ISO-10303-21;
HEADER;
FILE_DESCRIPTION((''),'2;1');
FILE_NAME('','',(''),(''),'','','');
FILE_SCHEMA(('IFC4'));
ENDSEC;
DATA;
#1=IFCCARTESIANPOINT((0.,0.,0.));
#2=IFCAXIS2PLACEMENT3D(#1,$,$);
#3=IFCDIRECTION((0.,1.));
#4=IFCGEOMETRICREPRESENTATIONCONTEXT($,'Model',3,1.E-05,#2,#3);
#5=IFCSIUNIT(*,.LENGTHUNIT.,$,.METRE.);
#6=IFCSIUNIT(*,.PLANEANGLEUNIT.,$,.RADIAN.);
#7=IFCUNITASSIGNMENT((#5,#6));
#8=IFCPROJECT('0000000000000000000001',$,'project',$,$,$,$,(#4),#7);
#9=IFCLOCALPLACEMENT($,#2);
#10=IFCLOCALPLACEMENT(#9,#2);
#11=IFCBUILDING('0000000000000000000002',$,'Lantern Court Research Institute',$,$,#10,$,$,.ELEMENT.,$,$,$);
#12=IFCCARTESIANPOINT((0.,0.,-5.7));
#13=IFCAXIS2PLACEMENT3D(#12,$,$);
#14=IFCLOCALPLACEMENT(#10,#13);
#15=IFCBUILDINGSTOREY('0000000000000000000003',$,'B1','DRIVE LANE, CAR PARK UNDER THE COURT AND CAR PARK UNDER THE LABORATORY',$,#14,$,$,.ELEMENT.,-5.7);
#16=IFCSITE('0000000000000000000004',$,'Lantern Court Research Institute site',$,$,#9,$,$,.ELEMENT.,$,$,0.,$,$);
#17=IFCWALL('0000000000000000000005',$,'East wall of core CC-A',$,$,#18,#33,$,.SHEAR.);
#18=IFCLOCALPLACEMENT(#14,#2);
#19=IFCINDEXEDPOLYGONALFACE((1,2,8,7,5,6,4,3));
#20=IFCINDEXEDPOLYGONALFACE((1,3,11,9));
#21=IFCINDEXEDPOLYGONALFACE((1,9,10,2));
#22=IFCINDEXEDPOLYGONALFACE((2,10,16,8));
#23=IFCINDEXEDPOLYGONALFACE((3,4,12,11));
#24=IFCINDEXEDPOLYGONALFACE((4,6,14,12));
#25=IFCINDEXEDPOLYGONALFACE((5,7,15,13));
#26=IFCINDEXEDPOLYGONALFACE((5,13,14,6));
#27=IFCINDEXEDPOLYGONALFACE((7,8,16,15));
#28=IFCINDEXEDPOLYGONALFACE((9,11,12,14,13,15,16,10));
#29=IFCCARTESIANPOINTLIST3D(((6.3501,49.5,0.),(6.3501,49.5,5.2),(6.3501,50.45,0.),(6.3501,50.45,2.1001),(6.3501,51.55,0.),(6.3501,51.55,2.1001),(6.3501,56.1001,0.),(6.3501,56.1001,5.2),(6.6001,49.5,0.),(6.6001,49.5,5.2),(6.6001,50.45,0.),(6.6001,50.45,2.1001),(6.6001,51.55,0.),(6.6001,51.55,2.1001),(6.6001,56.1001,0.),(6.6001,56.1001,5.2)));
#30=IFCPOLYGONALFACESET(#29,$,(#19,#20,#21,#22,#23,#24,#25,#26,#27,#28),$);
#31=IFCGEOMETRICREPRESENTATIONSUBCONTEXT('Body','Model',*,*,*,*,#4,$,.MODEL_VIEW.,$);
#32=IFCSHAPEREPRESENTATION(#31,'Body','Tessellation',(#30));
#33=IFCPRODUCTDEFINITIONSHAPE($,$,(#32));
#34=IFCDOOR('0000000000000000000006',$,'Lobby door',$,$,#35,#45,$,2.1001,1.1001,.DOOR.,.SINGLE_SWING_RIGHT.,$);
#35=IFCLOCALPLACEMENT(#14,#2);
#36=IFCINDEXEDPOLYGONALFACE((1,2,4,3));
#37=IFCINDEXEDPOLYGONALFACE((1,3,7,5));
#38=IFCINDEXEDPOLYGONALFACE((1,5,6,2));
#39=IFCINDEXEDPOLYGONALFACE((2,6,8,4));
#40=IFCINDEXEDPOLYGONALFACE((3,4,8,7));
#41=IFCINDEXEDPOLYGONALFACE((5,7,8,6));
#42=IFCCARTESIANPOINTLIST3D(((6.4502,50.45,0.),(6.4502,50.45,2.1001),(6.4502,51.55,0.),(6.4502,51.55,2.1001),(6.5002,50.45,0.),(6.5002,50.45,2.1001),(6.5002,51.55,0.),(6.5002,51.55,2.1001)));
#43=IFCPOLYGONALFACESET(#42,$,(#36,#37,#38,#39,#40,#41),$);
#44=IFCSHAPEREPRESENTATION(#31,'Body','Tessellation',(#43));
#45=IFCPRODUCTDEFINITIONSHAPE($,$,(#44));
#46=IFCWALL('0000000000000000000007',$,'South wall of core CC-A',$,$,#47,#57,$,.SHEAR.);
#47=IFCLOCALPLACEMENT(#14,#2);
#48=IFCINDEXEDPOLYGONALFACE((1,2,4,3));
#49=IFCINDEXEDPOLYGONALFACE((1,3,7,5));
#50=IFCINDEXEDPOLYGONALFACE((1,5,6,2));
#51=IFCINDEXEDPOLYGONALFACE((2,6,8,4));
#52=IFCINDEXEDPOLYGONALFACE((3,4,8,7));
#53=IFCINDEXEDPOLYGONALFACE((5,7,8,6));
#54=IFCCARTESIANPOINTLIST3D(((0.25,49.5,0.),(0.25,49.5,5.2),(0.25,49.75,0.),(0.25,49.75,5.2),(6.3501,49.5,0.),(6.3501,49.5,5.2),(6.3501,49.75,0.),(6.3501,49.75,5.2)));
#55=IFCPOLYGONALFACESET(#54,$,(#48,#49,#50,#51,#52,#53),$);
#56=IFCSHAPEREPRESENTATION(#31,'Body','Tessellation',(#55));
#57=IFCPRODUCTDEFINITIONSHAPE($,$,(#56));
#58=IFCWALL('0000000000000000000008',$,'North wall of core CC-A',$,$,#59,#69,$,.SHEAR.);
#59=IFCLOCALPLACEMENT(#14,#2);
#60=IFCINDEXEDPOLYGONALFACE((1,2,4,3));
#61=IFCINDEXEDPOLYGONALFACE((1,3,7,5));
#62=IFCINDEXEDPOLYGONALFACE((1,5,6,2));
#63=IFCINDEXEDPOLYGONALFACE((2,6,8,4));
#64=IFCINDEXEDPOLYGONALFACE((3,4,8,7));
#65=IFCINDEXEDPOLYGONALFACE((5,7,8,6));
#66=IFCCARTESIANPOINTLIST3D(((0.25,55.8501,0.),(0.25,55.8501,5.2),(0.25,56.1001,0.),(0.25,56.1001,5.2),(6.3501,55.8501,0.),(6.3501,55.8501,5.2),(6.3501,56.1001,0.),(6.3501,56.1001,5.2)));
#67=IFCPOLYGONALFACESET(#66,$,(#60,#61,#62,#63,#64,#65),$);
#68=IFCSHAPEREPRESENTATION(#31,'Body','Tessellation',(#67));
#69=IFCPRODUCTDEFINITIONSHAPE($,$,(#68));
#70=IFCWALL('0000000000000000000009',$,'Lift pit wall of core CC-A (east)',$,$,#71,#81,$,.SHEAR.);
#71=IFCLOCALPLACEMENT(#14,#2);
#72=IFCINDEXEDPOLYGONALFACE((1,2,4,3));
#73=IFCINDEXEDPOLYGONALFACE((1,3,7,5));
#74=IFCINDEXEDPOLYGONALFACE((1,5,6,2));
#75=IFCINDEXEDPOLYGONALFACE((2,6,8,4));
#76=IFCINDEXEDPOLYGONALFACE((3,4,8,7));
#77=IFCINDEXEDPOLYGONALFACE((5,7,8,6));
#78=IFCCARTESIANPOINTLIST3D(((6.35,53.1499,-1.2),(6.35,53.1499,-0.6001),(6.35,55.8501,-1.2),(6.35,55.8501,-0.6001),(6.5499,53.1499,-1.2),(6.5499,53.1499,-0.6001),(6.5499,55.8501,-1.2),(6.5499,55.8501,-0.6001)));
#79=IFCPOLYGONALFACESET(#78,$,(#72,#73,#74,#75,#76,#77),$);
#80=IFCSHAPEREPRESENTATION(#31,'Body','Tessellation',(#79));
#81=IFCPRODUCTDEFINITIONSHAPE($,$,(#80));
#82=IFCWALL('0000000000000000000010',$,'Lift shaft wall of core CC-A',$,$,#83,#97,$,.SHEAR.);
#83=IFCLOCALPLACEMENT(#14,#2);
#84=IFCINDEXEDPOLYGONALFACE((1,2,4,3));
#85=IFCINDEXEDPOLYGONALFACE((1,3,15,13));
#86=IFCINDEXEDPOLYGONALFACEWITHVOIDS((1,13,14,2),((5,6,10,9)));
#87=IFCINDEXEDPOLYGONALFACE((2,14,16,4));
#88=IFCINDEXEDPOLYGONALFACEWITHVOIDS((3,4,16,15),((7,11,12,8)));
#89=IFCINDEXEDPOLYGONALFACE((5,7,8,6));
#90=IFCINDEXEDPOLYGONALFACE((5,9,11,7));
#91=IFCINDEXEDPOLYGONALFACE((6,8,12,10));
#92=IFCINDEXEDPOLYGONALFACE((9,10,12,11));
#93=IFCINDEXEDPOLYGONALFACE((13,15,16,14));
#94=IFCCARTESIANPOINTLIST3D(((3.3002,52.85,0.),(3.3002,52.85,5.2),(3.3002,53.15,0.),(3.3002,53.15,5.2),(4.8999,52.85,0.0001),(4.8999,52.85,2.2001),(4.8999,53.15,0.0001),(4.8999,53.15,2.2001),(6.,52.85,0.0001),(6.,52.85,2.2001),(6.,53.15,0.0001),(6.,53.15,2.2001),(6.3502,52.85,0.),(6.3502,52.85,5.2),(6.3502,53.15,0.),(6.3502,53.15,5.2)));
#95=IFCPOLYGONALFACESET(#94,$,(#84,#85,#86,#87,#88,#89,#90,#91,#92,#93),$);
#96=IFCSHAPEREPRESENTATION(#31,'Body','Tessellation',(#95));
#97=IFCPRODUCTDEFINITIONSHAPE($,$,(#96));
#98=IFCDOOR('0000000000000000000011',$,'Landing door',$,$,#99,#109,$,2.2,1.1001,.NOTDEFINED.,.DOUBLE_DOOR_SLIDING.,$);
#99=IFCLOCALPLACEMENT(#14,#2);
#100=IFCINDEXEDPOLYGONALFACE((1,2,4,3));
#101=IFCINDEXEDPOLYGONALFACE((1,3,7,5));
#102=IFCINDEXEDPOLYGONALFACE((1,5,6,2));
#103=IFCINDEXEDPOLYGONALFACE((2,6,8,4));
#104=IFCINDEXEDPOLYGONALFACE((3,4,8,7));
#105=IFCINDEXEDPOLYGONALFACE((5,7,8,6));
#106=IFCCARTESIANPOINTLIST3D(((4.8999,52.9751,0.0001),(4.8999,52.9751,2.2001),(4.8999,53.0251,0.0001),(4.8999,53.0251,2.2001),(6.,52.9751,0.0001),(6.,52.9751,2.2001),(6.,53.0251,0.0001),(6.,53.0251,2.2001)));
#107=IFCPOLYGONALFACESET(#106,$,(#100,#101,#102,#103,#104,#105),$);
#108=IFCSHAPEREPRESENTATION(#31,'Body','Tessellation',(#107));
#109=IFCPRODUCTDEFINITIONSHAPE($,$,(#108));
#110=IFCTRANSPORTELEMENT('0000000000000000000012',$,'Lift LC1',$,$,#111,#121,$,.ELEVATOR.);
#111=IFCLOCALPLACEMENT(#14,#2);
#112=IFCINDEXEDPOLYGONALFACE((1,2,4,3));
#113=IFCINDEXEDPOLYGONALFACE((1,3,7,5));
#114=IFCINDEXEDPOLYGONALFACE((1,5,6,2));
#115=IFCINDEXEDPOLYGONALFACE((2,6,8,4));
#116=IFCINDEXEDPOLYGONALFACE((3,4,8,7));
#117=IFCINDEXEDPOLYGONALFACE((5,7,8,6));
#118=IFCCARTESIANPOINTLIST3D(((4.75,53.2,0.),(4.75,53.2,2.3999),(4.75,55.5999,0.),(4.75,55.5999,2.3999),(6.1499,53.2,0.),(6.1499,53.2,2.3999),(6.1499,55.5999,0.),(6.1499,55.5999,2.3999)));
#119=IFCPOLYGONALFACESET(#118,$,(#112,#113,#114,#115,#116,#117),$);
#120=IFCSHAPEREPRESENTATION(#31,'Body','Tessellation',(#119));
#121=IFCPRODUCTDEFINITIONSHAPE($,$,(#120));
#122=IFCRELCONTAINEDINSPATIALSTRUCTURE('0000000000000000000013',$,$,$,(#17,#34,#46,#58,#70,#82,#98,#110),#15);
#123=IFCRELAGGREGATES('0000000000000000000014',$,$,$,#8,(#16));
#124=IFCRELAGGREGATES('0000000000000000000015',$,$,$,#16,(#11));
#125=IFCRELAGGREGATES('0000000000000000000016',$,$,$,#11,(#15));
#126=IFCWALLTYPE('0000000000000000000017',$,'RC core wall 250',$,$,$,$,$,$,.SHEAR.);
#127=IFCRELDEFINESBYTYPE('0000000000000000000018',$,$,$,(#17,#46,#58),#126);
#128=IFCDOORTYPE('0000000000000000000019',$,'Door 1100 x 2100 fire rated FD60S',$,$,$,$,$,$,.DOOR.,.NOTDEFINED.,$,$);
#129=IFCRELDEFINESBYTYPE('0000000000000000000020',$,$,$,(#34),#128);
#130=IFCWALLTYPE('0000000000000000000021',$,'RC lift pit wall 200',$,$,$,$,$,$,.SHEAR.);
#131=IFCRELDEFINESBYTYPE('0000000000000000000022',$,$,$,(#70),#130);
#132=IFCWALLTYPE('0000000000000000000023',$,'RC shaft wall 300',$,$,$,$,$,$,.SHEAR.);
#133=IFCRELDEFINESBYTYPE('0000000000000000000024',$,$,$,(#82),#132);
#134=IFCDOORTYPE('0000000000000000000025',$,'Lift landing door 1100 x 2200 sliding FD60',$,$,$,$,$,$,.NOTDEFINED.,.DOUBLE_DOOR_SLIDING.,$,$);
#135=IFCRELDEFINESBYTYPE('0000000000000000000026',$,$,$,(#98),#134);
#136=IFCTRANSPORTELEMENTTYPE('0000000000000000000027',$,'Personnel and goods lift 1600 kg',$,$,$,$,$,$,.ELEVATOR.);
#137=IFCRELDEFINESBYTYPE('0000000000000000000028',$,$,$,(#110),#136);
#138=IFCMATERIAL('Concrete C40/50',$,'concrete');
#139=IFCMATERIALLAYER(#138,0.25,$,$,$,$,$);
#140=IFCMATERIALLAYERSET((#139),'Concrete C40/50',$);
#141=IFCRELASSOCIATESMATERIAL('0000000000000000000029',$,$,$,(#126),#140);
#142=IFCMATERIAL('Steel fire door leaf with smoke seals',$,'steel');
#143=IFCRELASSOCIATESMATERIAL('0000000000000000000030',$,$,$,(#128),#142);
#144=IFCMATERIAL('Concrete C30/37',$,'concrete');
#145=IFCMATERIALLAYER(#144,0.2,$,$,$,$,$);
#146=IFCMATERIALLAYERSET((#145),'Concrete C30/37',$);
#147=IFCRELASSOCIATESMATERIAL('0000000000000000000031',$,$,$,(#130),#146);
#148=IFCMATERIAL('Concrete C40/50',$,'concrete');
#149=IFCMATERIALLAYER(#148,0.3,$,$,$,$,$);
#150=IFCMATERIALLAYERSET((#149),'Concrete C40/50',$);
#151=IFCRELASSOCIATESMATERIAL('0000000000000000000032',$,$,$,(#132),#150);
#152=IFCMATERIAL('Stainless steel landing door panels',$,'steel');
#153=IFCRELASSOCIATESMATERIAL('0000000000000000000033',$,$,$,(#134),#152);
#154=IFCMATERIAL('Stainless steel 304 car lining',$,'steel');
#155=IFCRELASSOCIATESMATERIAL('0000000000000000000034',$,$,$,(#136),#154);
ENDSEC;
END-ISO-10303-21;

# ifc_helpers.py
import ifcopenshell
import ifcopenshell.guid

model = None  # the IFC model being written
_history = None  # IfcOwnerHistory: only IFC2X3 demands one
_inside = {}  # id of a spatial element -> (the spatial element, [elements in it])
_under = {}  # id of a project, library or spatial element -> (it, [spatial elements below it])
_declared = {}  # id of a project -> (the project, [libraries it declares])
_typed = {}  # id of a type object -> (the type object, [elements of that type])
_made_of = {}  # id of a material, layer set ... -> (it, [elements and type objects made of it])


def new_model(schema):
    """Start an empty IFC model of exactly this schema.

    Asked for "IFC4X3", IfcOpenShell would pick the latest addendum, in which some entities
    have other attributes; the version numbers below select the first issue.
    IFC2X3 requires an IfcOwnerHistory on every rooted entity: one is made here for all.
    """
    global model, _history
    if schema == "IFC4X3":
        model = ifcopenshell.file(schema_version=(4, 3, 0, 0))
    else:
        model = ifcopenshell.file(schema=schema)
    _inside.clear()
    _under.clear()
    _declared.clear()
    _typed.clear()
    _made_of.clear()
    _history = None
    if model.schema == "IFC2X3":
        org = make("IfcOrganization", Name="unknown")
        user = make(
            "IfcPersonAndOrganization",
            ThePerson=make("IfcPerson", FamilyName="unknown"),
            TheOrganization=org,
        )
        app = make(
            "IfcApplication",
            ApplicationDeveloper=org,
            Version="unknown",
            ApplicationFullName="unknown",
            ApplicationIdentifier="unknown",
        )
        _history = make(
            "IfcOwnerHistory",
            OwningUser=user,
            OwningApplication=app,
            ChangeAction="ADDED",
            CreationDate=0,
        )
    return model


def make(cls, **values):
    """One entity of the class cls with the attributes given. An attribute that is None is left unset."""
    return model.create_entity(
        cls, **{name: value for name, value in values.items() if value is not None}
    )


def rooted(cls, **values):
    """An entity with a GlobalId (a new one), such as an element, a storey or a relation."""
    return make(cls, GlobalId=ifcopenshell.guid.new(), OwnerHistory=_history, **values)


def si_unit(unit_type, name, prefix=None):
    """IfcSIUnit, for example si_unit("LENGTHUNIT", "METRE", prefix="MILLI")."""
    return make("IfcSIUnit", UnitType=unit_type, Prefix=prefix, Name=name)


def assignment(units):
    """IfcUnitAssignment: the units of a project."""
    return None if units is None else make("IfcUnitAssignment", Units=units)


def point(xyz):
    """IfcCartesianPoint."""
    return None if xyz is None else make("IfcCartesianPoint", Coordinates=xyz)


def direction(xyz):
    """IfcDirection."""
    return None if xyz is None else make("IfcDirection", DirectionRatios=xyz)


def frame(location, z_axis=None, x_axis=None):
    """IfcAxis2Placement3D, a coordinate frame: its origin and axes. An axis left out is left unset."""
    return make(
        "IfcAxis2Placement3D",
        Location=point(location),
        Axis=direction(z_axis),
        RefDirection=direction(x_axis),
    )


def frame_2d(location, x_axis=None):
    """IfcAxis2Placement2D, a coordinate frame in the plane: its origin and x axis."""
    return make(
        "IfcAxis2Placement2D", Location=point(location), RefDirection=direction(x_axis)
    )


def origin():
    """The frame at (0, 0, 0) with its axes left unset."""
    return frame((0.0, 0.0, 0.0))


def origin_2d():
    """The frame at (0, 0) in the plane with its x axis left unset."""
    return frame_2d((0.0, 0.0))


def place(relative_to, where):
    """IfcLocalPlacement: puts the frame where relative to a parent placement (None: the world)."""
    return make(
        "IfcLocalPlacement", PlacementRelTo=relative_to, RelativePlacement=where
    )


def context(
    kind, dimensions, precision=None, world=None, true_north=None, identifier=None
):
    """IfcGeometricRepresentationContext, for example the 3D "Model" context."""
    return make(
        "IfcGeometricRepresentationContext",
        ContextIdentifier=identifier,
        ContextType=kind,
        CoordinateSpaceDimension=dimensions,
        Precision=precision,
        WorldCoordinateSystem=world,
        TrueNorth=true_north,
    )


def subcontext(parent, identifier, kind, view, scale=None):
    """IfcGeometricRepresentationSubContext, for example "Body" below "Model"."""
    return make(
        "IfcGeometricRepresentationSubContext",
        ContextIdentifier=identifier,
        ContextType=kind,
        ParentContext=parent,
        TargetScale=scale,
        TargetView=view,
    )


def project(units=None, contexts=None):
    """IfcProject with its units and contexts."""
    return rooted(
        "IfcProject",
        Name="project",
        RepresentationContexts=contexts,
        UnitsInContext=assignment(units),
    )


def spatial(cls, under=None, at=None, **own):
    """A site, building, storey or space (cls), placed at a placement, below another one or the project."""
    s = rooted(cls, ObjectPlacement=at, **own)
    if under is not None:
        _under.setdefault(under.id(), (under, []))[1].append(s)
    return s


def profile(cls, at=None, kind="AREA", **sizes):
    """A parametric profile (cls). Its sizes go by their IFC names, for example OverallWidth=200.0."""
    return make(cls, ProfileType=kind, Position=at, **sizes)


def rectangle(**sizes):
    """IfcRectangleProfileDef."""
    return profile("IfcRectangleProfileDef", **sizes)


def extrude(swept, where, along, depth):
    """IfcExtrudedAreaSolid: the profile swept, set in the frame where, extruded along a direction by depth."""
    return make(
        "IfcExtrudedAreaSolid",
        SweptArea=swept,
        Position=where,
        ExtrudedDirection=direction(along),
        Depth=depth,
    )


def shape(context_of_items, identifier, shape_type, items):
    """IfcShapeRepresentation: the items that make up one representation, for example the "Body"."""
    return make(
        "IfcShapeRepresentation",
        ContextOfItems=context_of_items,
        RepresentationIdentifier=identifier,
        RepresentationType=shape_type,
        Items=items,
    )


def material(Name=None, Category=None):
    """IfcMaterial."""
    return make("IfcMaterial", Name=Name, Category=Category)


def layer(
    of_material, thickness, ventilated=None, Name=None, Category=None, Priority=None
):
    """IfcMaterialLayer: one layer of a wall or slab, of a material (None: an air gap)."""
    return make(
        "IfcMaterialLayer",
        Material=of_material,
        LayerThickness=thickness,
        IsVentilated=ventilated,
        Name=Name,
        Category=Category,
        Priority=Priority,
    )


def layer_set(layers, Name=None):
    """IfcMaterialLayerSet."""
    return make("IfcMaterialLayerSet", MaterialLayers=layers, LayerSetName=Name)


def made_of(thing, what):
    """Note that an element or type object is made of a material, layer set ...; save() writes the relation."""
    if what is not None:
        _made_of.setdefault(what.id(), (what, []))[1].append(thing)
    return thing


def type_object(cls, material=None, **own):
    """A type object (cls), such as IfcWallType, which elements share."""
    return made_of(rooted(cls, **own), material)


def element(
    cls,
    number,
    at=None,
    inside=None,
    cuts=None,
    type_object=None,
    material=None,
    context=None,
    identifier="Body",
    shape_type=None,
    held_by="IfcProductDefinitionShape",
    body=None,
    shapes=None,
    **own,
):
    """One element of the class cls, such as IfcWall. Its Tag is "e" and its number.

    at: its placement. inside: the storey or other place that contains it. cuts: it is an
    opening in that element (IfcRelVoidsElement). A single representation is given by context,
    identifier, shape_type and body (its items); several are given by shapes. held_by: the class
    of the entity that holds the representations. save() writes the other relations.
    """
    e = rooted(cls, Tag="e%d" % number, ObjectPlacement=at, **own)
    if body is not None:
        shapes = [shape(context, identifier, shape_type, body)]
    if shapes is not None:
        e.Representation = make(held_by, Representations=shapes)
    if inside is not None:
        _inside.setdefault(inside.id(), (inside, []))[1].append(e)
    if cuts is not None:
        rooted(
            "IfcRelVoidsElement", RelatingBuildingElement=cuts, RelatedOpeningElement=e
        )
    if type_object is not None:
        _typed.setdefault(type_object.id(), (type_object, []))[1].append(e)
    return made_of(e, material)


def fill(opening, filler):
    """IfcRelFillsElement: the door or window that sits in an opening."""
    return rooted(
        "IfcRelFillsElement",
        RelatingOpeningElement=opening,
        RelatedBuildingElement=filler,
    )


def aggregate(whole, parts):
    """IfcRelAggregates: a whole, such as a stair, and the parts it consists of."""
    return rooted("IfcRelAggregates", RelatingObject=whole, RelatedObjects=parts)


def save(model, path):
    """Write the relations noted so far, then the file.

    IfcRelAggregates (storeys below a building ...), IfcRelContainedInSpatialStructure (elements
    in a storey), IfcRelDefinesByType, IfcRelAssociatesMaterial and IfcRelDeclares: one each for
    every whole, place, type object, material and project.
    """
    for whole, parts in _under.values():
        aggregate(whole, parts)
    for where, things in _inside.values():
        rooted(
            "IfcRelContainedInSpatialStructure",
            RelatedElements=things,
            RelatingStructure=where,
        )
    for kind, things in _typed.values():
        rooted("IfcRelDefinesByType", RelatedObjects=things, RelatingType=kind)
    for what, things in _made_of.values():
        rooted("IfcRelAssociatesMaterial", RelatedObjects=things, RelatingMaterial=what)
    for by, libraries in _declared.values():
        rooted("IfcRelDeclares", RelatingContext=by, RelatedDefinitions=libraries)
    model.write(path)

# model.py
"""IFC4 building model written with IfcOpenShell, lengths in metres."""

from ifc_helpers import new_model, si_unit, direction, frame, frame_2d, origin, origin_2d, place, context, subcontext, project, spatial, rectangle, extrude, material, layer, layer_set, type_object, element, fill, save


model = new_model("IFC4")

# Units and contexts
model_context = context("Model", 3, precision=1e-05, world=origin(), true_north=direction((0.0, 1.0)))
body_context = subcontext(model_context, "Body", "Model", "MODEL_VIEW")
ifc_project = project(units=[si_unit("LENGTHUNIT", "METRE"), si_unit("PLANEANGLEUNIT", "RADIAN")], contexts=[model_context])

# Site, building, storey
site_placement = place(None, origin())
site = spatial("IfcSite", under=ifc_project, at=site_placement, Name="Lantern Court Research Institute site", CompositionType="ELEMENT", RefElevation=0.0)
building_placement = place(site_placement, origin())
building = spatial("IfcBuilding", under=site, at=building_placement, Name="Lantern Court Research Institute", CompositionType="ELEMENT")
storey_placement = place(building_placement, frame((0.0, 0.0, -5.7)))
storey = spatial("IfcBuildingStorey", under=building, at=storey_placement, Name="B1", Description="DRIVE LANE, CAR PARK UNDER THE COURT AND CAR PARK UNDER THE LABORATORY", CompositionType="ELEMENT", Elevation=-5.7)

# Wall, opening, door
ifc_material_1 = material(Name="Concrete C40/50", Category="concrete")
ifc_layer_1 = layer(ifc_material_1, 0.25)
ifc_layer_set_1 = layer_set([ifc_layer_1], Name="Concrete C40/50")
wall_type_1 = type_object("IfcWallType", Name="RC core wall 250", PredefinedType="SHEAR", material=ifc_layer_set_1)
wall_1_placement = place(storey_placement, frame((6.4751, 49.5, 0.0), z_axis=(0.0, 0.0, 1.0), x_axis=(0.0, 1.0, 0.0)))
wall_1 = element("IfcWall", 1, at=wall_1_placement, inside=storey, type_object=wall_type_1, Name="East wall of core CC-A", PredefinedType="SHEAR", context=body_context, shape_type="SweptSolid", body=[
    extrude(rectangle(XDim=6.6001, YDim=0.25, at=frame_2d((3.3, 0.0))), origin(), (0.0, 0.0, 1.0), 5.2),
])
opening_1_placement = place(wall_1_placement, frame((0.95, 0.0, 0.0)))
opening_1 = element("IfcOpeningElement", 2, at=opening_1_placement, cuts=wall_1, PredefinedType="OPENING", context=body_context, shape_type="SweptSolid", body=[
    extrude(rectangle(XDim=1.1001, YDim=2.1001, at=frame_2d((0.55, 1.05))), frame((0.0, 0.135, 0.0), z_axis=(0.0, -1.0, 0.0), x_axis=(1.0, 0.0, 0.0)), (0.0, 0.0, 1.0), 0.27),
])
ifc_material_2 = material(Name="Steel fire door leaf with smoke seals", Category="steel")
door_type_1 = type_object("IfcDoorType", Name="Door 1100 x 2100 fire rated FD60S", OperationType="NOTDEFINED", PredefinedType="DOOR", material=ifc_material_2)
door_1_placement = place(opening_1_placement, origin())
door_1 = element("IfcDoor", 3, at=door_1_placement, inside=storey, type_object=door_type_1, Name="Lobby door", OperationType="SINGLE_SWING_RIGHT", OverallHeight=2.1001, OverallWidth=1.1001, PredefinedType="DOOR", context=body_context, shape_type="SweptSolid", body=[
    extrude(rectangle(XDim=1.1001, YDim=2.1001, at=frame_2d((0.55, 1.05))), frame((0.0, 0.0249, 0.0), z_axis=(0.0, -1.0, 0.0), x_axis=(1.0, 0.0, 0.0)), (0.0, 0.0, 1.0), 0.05),
])
fill(opening_1, door_1)

# Walls
for number, where, z_axis, x_axis, name in (
    (4, (6.3501, 49.625, 0.0), (0.0, 0.0, 1.0), (-1.0, 0.0, 0.0), "South wall of core CC-A"),
    (5, (6.3501, 55.9751, 0.0), (0.0, 0.0, 1.0), (-1.0, 0.0, 0.0), "North wall of core CC-A"),
):
    element("IfcWall", number, at=place(storey_placement, frame(where, z_axis=z_axis, x_axis=x_axis)), inside=storey, type_object=wall_type_1, Name=name, PredefinedType="SHEAR", context=body_context, shape_type="SweptSolid", body=[
        extrude(rectangle(XDim=6.1001, YDim=0.25, at=frame_2d((3.05, 0.0))), origin(), (0.0, 0.0, 1.0), 5.2),
    ])
ifc_material_3 = material(Name="Concrete C30/37", Category="concrete")
ifc_layer_2 = layer(ifc_material_3, 0.2)
ifc_layer_set_2 = layer_set([ifc_layer_2], Name="Concrete C30/37")
wall_type_2 = type_object("IfcWallType", Name="RC lift pit wall 200", PredefinedType="SHEAR", material=ifc_layer_set_2)
wall_2_placement = place(storey_placement, frame((6.45, 53.1499, -1.2), z_axis=(0.0, 0.0, 1.0), x_axis=(0.0, 1.0, 0.0)))
element("IfcWall", 6, at=wall_2_placement, inside=storey, type_object=wall_type_2, Name="Lift pit wall of core CC-A (east)", PredefinedType="SHEAR", context=body_context, shape_type="SweptSolid", body=[
    extrude(rectangle(XDim=2.7002, YDim=0.2, at=frame_2d((1.3501, 0.0))), origin(), (0.0, 0.0, 1.0), 0.5999),
])

# Wall, opening, door
ifc_material_4 = material(Name="Concrete C40/50", Category="concrete")
ifc_layer_3 = layer(ifc_material_4, 0.3)
ifc_layer_set_3 = layer_set([ifc_layer_3], Name="Concrete C40/50")
wall_type_3 = type_object("IfcWallType", Name="RC shaft wall 300", PredefinedType="SHEAR", material=ifc_layer_set_3)
wall_3_placement = place(storey_placement, frame((6.3501, 53.0, 0.0), z_axis=(0.0, 0.0, 1.0), x_axis=(-1.0, 0.0, 0.0)))
wall_3 = element("IfcWall", 7, at=wall_3_placement, inside=storey, type_object=wall_type_3, Name="Lift shaft wall of core CC-A", PredefinedType="SHEAR", context=body_context, shape_type="SweptSolid", body=[
    extrude(rectangle(XDim=3.05, YDim=0.3, at=frame_2d((1.5249, 0.0))), origin(), (0.0, 0.0, 1.0), 5.2),
])
opening_2_placement = place(wall_3_placement, frame((0.3501, 0.0, 0.0)))
opening_2 = element("IfcOpeningElement", 8, at=opening_2_placement, cuts=wall_3, PredefinedType="OPENING", context=body_context, shape_type="SweptSolid", body=[
    extrude(rectangle(XDim=1.1001, YDim=2.2, at=frame_2d((0.55, 1.1001))), frame((0.0, 0.1599, 0.0), z_axis=(0.0, -1.0, 0.0), x_axis=(1.0, 0.0, 0.0)), (0.0, 0.0, 1.0), 0.3201),
])
ifc_material_5 = material(Name="Stainless steel landing door panels", Category="steel")
door_type_2 = type_object("IfcDoorType", Name="Lift landing door 1100 x 2200 sliding FD60", OperationType="DOUBLE_DOOR_SLIDING", PredefinedType="NOTDEFINED", material=ifc_material_5)
door_2_placement = place(opening_2_placement, origin())
door_2 = element("IfcDoor", 9, at=door_2_placement, inside=storey, type_object=door_type_2, Name="Landing door", OperationType="DOUBLE_DOOR_SLIDING", OverallHeight=2.2, OverallWidth=1.1001, PredefinedType="NOTDEFINED", context=body_context, shape_type="SweptSolid", body=[
    extrude(rectangle(XDim=1.1001, YDim=2.2, at=frame_2d((0.55, 1.1001))), frame((0.0, 0.0249, 0.0), z_axis=(0.0, -1.0, 0.0), x_axis=(1.0, 0.0, 0.0)), (0.0, 0.0, 1.0), 0.05),
])
fill(opening_2, door_2)

# Transport element
ifc_material_6 = material(Name="Stainless steel 304 car lining", Category="steel")
transport_element_type = type_object("IfcTransportElementType", Name="Personnel and goods lift 1600 kg", PredefinedType="ELEVATOR", material=ifc_material_6)
transport_element_placement = place(storey_placement, frame((5.45, 54.3999, 0.0), z_axis=(0.0, 0.0, 1.0), x_axis=(1.0, 0.0, 0.0)))
element("IfcTransportElement", 10, at=transport_element_placement, inside=storey, type_object=transport_element_type, Name="Lift LC1", PredefinedType="ELEVATOR", context=body_context, shape_type="SweptSolid", body=[
    extrude(rectangle(XDim=1.3999, YDim=2.3999, at=origin_2d()), origin(), (0.0, 0.0, 1.0), 2.3999),
])

save(model, "model.ifc")
